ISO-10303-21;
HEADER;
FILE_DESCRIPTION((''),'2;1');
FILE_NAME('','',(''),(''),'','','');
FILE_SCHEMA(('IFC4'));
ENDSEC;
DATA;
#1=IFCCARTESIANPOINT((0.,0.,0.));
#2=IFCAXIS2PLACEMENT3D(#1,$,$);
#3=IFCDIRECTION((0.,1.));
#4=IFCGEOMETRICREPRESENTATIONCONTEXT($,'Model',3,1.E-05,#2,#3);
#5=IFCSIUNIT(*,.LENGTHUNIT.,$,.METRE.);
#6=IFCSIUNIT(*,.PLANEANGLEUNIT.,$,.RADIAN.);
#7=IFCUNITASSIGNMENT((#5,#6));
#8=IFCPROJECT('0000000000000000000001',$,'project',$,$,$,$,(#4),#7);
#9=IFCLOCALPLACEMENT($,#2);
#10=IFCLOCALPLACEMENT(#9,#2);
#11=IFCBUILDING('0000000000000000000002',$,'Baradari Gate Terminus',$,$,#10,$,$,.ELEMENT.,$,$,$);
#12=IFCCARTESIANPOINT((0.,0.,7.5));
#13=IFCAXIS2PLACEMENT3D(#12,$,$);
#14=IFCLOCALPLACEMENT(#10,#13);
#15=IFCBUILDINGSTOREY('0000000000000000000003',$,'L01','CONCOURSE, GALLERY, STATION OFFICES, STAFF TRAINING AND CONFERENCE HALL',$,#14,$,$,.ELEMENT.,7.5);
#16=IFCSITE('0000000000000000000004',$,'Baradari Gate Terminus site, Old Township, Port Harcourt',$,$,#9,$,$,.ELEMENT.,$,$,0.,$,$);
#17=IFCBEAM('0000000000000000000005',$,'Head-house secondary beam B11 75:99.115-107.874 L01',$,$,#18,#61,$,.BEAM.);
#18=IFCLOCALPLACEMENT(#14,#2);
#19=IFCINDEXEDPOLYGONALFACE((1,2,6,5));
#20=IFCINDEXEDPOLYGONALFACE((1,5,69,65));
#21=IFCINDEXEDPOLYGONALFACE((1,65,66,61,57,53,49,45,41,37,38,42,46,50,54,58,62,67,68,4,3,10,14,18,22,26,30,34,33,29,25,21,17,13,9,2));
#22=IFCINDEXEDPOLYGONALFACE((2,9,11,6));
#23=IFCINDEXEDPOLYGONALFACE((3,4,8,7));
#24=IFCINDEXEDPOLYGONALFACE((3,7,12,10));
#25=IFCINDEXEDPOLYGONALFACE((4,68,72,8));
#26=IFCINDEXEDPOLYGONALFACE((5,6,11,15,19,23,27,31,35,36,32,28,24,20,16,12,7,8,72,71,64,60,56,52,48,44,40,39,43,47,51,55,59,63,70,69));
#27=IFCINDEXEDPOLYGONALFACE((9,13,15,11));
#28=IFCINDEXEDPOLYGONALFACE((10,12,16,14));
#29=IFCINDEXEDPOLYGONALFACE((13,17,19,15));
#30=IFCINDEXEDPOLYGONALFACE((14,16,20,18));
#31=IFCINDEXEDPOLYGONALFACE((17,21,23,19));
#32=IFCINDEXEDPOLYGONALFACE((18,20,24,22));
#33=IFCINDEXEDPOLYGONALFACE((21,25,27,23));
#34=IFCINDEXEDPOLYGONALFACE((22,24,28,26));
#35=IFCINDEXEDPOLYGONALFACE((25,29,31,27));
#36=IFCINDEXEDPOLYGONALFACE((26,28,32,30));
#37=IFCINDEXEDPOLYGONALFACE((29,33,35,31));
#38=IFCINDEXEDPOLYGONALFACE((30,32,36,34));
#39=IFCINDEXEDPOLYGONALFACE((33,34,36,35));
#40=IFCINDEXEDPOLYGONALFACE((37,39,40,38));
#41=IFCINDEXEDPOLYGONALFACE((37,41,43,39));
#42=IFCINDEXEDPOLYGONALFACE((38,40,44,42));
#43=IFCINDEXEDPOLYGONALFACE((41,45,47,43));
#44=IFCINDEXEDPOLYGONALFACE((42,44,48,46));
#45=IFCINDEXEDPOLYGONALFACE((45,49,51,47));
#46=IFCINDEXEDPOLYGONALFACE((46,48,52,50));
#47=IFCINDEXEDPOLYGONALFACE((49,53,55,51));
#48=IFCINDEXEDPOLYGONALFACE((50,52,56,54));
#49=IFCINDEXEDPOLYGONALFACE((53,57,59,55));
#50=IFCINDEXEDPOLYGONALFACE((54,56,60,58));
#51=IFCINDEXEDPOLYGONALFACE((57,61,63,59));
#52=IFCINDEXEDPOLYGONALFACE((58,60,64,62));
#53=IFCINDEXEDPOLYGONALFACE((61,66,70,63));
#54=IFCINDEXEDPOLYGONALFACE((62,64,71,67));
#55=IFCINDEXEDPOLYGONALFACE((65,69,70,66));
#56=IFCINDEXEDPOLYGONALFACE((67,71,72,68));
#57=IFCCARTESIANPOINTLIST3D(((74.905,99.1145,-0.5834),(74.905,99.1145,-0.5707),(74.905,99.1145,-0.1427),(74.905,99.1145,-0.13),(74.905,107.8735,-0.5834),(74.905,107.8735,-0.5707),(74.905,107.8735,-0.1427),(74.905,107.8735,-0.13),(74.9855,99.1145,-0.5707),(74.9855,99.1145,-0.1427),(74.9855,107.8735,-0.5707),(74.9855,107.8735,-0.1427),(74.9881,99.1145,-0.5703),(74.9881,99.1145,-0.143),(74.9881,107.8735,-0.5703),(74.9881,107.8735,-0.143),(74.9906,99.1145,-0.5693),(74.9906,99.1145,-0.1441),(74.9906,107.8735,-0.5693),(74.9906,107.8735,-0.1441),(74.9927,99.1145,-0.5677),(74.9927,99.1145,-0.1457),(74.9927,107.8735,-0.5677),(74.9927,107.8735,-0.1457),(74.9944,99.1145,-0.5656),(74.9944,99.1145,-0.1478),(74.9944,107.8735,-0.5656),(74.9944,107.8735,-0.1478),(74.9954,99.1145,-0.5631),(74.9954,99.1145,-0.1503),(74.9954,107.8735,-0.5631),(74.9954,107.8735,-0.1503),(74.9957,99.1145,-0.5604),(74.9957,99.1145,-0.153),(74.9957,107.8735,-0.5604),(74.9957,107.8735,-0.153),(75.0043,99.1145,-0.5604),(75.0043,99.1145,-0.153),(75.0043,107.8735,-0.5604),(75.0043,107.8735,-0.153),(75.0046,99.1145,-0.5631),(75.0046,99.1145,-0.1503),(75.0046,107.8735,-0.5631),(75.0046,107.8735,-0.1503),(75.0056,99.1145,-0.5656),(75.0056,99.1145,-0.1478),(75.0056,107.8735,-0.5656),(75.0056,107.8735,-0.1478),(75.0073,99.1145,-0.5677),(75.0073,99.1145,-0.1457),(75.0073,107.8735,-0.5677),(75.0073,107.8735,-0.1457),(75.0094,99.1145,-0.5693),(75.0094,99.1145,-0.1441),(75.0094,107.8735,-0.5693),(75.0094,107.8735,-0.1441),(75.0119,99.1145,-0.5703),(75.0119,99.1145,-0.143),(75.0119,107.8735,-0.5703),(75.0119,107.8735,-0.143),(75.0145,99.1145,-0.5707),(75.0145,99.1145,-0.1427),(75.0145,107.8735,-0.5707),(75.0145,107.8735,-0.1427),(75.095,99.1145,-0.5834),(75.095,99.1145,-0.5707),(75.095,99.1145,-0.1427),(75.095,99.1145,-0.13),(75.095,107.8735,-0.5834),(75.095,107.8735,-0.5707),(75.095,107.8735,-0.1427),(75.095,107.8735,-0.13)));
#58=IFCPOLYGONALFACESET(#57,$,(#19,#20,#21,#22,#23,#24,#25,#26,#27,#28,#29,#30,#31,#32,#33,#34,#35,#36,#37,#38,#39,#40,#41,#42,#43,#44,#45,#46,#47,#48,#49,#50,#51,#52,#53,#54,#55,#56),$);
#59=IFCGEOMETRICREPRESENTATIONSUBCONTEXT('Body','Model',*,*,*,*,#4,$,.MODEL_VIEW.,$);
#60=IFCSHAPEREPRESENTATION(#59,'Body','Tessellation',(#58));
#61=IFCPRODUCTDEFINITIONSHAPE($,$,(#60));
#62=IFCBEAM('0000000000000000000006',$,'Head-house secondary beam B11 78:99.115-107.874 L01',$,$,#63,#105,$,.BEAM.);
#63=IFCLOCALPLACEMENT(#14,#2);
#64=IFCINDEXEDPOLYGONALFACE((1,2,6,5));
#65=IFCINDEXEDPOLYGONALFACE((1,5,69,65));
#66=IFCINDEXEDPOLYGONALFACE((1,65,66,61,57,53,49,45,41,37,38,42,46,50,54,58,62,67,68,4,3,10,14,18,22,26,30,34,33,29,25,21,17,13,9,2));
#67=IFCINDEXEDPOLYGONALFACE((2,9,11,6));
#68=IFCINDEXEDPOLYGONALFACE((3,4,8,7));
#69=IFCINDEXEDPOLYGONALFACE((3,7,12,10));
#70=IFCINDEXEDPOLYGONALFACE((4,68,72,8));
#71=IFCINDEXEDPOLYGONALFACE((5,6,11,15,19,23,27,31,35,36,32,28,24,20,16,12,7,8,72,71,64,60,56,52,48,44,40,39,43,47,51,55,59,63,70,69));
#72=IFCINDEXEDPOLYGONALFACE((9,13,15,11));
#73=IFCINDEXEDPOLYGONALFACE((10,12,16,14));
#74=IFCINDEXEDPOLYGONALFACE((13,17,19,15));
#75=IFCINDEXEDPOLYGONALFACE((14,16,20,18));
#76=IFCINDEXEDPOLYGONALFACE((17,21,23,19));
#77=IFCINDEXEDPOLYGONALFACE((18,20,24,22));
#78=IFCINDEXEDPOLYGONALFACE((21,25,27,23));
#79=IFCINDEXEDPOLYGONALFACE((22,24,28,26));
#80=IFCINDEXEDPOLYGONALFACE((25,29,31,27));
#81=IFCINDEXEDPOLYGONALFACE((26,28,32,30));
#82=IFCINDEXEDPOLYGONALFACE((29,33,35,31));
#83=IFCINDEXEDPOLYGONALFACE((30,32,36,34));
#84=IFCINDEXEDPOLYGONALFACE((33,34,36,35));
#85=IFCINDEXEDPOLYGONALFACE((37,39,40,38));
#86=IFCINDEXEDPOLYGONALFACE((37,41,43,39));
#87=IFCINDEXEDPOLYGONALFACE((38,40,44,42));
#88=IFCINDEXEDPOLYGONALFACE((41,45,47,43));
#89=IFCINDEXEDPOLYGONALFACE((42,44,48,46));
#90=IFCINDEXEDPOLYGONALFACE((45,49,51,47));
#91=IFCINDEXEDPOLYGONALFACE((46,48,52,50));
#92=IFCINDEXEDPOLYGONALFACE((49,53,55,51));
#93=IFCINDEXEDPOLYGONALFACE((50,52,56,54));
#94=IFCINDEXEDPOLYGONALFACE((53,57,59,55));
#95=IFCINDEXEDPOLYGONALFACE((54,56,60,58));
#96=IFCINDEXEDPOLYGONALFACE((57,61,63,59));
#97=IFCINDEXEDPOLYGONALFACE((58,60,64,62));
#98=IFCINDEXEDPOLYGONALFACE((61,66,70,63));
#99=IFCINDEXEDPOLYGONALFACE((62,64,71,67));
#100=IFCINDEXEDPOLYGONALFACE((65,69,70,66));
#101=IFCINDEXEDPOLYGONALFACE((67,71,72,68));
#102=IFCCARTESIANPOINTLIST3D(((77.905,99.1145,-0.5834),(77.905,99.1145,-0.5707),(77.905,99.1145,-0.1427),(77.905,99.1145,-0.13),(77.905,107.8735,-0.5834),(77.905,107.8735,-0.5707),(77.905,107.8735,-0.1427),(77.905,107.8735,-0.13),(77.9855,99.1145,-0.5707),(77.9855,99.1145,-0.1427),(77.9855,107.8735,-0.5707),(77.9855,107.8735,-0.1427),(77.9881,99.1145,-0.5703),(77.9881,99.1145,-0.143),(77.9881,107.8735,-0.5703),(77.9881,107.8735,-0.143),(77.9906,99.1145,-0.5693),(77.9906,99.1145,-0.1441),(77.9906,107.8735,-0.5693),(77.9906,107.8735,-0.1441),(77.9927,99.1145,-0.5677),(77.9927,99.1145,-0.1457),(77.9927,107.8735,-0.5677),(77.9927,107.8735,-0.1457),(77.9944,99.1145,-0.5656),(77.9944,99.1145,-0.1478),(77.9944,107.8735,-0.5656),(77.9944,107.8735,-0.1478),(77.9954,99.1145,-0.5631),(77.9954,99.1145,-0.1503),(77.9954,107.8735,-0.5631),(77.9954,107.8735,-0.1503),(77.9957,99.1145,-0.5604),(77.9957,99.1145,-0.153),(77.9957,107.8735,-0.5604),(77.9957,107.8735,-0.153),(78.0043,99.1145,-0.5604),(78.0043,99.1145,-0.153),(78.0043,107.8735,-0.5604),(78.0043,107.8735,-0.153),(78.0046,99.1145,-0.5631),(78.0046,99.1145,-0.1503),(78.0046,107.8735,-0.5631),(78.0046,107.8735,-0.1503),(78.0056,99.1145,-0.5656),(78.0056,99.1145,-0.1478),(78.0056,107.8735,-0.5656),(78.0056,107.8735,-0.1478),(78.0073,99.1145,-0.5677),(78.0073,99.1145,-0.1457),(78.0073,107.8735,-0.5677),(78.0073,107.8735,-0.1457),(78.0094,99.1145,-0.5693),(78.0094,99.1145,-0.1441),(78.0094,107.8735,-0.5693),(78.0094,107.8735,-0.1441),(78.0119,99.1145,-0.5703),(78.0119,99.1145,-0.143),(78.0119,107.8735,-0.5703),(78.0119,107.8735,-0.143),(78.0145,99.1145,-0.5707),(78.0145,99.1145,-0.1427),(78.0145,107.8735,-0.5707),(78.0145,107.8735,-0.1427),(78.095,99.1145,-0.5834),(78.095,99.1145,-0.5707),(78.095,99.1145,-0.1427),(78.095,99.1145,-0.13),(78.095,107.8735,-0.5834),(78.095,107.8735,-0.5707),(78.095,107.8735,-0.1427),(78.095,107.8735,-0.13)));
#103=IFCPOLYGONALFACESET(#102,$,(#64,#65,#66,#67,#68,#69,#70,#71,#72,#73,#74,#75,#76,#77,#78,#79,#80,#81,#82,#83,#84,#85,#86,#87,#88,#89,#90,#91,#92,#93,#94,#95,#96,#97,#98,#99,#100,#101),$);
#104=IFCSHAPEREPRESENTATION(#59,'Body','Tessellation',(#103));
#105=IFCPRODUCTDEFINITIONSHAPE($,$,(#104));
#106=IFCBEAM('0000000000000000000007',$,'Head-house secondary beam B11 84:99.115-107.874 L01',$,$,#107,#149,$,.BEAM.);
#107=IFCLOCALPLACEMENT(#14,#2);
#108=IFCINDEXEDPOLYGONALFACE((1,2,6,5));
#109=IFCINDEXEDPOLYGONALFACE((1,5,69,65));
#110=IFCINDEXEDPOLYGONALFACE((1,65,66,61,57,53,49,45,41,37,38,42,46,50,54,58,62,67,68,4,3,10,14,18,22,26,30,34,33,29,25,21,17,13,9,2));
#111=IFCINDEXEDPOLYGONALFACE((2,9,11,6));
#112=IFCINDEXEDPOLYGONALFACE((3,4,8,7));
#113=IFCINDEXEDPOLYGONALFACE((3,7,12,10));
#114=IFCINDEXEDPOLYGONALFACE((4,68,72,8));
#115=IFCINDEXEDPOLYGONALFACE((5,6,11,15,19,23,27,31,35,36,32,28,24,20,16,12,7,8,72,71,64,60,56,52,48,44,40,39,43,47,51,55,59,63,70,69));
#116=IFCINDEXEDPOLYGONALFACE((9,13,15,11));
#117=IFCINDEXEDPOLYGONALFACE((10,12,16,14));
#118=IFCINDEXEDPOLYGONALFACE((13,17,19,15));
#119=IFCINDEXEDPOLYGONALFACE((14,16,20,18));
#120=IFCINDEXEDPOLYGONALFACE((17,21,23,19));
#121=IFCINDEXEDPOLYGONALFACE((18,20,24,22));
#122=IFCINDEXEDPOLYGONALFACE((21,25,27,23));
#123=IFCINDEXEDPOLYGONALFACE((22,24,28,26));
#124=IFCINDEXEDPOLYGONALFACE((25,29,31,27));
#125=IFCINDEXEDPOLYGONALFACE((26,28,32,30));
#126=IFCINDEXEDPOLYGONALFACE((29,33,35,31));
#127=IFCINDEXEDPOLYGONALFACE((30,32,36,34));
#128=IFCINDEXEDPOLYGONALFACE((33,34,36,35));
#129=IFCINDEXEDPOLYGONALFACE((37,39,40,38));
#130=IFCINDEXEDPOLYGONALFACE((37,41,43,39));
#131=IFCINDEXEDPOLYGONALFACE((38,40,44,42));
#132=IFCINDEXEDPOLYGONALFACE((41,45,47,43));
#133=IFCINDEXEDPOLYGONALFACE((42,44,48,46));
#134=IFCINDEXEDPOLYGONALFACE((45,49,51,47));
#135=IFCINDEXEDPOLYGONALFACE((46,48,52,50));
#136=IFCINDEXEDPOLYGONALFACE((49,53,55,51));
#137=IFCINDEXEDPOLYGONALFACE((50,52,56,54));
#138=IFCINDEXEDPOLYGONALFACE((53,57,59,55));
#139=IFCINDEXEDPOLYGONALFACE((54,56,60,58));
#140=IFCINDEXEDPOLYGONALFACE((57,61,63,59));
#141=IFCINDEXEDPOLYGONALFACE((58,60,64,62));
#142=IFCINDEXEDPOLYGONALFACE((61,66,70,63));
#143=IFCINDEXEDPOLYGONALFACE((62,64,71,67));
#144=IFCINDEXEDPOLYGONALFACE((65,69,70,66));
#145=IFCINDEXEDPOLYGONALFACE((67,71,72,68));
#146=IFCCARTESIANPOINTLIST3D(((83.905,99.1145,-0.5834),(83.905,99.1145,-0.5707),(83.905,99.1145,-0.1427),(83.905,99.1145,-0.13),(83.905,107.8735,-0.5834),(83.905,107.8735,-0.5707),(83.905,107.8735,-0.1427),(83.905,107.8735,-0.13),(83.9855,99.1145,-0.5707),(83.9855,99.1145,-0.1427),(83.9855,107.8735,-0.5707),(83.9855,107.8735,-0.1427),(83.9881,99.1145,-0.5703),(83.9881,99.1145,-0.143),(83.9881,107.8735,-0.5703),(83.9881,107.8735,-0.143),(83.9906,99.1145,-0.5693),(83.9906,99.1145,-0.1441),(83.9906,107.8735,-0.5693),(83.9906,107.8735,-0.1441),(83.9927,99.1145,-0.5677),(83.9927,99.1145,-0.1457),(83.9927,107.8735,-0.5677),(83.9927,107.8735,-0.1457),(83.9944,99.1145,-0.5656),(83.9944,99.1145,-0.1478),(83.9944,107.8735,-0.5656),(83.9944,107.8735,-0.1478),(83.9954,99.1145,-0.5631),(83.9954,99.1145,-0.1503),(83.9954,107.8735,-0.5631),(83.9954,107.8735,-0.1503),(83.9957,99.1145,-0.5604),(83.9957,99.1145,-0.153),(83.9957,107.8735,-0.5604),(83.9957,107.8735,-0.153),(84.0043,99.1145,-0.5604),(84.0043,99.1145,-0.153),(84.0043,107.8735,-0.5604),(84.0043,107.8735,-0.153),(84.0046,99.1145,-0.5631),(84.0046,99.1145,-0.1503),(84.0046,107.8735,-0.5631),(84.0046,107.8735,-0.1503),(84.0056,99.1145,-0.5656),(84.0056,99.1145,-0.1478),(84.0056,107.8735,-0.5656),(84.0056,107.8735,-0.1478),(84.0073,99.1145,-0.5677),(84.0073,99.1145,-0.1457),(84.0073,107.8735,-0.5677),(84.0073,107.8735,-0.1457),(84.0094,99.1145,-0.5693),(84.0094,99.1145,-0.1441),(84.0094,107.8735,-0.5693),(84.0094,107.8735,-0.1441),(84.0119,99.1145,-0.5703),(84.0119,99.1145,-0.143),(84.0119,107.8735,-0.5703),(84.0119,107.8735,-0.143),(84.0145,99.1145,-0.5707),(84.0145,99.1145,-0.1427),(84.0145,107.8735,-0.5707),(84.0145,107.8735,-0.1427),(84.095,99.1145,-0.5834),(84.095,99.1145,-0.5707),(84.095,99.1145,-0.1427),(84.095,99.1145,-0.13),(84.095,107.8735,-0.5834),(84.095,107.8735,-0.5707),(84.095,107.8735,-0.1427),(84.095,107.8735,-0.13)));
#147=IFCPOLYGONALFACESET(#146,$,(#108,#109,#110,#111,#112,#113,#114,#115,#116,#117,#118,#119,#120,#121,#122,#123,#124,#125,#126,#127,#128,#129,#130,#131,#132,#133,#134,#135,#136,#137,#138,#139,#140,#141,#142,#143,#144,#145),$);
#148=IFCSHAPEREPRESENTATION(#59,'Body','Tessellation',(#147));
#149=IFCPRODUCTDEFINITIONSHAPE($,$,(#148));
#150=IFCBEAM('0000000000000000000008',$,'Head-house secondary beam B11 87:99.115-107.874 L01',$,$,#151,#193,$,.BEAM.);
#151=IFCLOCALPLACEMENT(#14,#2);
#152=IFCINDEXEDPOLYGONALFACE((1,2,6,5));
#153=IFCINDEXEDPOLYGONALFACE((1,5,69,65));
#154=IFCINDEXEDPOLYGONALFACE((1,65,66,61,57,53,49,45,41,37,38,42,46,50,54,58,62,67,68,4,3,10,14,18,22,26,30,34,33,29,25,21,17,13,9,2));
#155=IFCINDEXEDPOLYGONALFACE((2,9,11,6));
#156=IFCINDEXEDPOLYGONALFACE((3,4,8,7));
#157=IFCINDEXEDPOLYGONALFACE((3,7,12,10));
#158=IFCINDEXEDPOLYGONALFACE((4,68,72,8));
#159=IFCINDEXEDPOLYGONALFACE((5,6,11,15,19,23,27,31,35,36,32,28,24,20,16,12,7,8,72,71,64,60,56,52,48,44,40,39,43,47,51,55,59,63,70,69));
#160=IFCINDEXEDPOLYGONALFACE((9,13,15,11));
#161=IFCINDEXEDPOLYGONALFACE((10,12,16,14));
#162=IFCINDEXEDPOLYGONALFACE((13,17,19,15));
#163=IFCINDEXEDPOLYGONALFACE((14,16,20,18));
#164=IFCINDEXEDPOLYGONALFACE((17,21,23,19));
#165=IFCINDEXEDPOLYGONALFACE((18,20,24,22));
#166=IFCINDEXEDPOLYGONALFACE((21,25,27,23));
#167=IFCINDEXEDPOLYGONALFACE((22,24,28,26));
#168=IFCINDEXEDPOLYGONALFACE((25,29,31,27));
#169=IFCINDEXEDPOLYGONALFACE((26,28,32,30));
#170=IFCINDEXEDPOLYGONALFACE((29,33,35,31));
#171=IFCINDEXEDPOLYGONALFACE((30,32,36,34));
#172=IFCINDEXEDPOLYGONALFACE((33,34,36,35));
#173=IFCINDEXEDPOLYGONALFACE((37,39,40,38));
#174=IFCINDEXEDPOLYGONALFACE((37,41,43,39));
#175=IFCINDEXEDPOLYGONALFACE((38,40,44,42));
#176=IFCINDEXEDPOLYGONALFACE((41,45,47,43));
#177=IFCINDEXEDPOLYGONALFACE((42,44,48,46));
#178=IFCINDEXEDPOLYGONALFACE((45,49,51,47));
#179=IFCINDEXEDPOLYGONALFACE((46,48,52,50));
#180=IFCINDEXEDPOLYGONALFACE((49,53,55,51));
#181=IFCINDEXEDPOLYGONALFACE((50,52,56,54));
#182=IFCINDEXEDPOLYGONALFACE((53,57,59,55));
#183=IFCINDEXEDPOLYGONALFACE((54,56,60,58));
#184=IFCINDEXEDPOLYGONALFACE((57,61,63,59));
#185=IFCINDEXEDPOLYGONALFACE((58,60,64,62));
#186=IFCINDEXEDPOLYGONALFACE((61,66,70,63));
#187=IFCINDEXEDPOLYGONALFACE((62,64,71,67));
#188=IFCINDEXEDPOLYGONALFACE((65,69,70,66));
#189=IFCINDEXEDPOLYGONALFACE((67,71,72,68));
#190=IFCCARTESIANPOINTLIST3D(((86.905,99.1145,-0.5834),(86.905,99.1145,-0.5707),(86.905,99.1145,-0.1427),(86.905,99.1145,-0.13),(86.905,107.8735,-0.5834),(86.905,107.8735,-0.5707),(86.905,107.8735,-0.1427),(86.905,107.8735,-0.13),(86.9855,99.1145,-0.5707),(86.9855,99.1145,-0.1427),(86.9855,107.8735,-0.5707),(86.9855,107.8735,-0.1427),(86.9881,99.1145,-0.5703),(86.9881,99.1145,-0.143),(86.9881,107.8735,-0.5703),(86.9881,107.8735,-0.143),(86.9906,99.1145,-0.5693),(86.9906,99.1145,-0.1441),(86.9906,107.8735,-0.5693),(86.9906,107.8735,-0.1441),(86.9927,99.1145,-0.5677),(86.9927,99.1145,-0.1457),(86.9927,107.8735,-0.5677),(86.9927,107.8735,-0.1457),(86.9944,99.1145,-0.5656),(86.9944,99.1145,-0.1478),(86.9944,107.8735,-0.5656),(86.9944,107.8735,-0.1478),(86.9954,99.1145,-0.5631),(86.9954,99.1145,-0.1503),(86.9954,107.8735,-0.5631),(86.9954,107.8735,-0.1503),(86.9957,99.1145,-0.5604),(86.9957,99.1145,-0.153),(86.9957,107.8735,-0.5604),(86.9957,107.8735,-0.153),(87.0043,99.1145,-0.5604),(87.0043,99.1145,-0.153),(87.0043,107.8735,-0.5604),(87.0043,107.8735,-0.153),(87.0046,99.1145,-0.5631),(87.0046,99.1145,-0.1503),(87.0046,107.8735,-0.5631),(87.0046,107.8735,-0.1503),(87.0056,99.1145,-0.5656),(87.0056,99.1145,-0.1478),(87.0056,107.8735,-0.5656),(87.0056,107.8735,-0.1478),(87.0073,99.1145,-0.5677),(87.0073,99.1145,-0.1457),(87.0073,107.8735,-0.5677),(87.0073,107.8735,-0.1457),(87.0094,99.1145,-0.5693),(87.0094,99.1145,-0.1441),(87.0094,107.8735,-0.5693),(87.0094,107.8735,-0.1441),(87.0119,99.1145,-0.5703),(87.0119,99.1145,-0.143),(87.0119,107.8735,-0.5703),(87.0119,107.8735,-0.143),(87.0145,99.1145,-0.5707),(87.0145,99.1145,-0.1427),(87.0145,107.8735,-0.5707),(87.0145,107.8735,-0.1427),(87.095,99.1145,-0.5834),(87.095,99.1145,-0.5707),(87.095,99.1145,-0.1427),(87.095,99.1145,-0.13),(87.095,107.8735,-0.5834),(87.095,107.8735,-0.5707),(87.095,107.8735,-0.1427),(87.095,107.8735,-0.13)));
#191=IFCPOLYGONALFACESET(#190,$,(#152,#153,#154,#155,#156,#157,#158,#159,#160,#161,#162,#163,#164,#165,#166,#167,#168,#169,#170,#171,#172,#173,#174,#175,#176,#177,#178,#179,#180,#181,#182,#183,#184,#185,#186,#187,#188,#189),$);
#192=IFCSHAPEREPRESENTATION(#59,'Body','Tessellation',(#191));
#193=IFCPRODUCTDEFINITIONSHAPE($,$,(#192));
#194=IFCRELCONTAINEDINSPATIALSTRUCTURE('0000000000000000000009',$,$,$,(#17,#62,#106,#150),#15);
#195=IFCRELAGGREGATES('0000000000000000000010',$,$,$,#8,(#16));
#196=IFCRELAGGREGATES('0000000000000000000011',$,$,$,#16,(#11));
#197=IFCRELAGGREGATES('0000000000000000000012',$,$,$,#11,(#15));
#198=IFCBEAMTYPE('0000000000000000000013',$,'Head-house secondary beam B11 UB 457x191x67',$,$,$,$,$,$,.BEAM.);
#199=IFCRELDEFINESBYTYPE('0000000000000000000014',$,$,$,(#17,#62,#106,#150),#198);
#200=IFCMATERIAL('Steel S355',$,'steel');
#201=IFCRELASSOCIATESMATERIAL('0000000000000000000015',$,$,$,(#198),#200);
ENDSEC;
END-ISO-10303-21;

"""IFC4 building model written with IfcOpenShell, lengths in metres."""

from ifc_helpers import new_model, si_unit, direction, frame, origin, origin_2d, place, context, subcontext, project, spatial, i_section, extrude, material, material_profile, profile_set, type_object, element, save


model = new_model("IFC4")

# Units and contexts
model_context = context("Model", 3, precision=1e-05, world=origin(), true_north=direction((0.0, 1.0)))
body_context = subcontext(model_context, "Body", "Model", "MODEL_VIEW")
ifc_project = project(units=[si_unit("LENGTHUNIT", "METRE"), si_unit("PLANEANGLEUNIT", "RADIAN")], contexts=[model_context])

# Site, building, storey
site_placement = place(None, origin())
site = spatial("IfcSite", under=ifc_project, at=site_placement, Name="Baradari Gate Terminus site, Old Township, Port Harcourt", CompositionType="ELEMENT", RefElevation=0.0)
building_placement = place(site_placement, origin())
building = spatial("IfcBuilding", under=site, at=building_placement, Name="Baradari Gate Terminus", CompositionType="ELEMENT")
storey_placement = place(building_placement, frame((0.0, 0.0, 7.5)))
storey = spatial("IfcBuildingStorey", under=building, at=storey_placement, Name="L01", Description="CONCOURSE, GALLERY, STATION OFFICES, STAFF TRAINING AND CONFERENCE HALL", CompositionType="ELEMENT", Elevation=7.5)

# Beams
ifc_material_1 = material(Name="Steel S355", Category="steel")
ifc_material_profile_1 = material_profile(ifc_material_1, i_section(OverallWidth=0.1899, OverallDepth=0.4534, WebThickness=0.0085, FlangeThickness=0.0127, FilletRadius=0.0103, at=origin_2d()), Name="UB 457x191x67")
ifc_profile_set_1 = profile_set([ifc_material_profile_1], Name="Steel S355")
beam_type_1 = type_object("IfcBeamType", Name="Head-house secondary beam B11 UB 457x191x67", PredefinedType="BEAM", material=ifc_profile_set_1)
for number, where, z_axis, x_axis, name in (
    (1, (75.0, 99.1145, -0.3567), (0.0, 1.0, 0.0), (-1.0, 0.0, 0.0), "Head-house secondary beam B11 75:99.115-107.874 L01"),
    (2, (78.0, 99.1145, -0.3567), (0.0, 1.0, 0.0), (-1.0, 0.0, 0.0), "Head-house secondary beam B11 78:99.115-107.874 L01"),
    (3, (84.0, 99.1145, -0.3567), (0.0, 1.0, 0.0), (-1.0, 0.0, 0.0), "Head-house secondary beam B11 84:99.115-107.874 L01"),
    (4, (87.0, 99.1145, -0.3567), (0.0, 1.0, 0.0), (-1.0, 0.0, 0.0), "Head-house secondary beam B11 87:99.115-107.874 L01"),
):
    element("IfcBeam", number, at=place(storey_placement, frame(where, z_axis=z_axis, x_axis=x_axis)), inside=storey, type_object=beam_type_1, Name=name, PredefinedType="BEAM", context=body_context, shape_type="SweptSolid", body=[
        extrude(i_section(OverallWidth=0.1899, OverallDepth=0.4534, WebThickness=0.0085, FlangeThickness=0.0127, FilletRadius=0.0103, at=origin_2d()), origin(), (0.0, 0.0, 1.0), 8.759),
    ])

save(model, "model.ifc")
